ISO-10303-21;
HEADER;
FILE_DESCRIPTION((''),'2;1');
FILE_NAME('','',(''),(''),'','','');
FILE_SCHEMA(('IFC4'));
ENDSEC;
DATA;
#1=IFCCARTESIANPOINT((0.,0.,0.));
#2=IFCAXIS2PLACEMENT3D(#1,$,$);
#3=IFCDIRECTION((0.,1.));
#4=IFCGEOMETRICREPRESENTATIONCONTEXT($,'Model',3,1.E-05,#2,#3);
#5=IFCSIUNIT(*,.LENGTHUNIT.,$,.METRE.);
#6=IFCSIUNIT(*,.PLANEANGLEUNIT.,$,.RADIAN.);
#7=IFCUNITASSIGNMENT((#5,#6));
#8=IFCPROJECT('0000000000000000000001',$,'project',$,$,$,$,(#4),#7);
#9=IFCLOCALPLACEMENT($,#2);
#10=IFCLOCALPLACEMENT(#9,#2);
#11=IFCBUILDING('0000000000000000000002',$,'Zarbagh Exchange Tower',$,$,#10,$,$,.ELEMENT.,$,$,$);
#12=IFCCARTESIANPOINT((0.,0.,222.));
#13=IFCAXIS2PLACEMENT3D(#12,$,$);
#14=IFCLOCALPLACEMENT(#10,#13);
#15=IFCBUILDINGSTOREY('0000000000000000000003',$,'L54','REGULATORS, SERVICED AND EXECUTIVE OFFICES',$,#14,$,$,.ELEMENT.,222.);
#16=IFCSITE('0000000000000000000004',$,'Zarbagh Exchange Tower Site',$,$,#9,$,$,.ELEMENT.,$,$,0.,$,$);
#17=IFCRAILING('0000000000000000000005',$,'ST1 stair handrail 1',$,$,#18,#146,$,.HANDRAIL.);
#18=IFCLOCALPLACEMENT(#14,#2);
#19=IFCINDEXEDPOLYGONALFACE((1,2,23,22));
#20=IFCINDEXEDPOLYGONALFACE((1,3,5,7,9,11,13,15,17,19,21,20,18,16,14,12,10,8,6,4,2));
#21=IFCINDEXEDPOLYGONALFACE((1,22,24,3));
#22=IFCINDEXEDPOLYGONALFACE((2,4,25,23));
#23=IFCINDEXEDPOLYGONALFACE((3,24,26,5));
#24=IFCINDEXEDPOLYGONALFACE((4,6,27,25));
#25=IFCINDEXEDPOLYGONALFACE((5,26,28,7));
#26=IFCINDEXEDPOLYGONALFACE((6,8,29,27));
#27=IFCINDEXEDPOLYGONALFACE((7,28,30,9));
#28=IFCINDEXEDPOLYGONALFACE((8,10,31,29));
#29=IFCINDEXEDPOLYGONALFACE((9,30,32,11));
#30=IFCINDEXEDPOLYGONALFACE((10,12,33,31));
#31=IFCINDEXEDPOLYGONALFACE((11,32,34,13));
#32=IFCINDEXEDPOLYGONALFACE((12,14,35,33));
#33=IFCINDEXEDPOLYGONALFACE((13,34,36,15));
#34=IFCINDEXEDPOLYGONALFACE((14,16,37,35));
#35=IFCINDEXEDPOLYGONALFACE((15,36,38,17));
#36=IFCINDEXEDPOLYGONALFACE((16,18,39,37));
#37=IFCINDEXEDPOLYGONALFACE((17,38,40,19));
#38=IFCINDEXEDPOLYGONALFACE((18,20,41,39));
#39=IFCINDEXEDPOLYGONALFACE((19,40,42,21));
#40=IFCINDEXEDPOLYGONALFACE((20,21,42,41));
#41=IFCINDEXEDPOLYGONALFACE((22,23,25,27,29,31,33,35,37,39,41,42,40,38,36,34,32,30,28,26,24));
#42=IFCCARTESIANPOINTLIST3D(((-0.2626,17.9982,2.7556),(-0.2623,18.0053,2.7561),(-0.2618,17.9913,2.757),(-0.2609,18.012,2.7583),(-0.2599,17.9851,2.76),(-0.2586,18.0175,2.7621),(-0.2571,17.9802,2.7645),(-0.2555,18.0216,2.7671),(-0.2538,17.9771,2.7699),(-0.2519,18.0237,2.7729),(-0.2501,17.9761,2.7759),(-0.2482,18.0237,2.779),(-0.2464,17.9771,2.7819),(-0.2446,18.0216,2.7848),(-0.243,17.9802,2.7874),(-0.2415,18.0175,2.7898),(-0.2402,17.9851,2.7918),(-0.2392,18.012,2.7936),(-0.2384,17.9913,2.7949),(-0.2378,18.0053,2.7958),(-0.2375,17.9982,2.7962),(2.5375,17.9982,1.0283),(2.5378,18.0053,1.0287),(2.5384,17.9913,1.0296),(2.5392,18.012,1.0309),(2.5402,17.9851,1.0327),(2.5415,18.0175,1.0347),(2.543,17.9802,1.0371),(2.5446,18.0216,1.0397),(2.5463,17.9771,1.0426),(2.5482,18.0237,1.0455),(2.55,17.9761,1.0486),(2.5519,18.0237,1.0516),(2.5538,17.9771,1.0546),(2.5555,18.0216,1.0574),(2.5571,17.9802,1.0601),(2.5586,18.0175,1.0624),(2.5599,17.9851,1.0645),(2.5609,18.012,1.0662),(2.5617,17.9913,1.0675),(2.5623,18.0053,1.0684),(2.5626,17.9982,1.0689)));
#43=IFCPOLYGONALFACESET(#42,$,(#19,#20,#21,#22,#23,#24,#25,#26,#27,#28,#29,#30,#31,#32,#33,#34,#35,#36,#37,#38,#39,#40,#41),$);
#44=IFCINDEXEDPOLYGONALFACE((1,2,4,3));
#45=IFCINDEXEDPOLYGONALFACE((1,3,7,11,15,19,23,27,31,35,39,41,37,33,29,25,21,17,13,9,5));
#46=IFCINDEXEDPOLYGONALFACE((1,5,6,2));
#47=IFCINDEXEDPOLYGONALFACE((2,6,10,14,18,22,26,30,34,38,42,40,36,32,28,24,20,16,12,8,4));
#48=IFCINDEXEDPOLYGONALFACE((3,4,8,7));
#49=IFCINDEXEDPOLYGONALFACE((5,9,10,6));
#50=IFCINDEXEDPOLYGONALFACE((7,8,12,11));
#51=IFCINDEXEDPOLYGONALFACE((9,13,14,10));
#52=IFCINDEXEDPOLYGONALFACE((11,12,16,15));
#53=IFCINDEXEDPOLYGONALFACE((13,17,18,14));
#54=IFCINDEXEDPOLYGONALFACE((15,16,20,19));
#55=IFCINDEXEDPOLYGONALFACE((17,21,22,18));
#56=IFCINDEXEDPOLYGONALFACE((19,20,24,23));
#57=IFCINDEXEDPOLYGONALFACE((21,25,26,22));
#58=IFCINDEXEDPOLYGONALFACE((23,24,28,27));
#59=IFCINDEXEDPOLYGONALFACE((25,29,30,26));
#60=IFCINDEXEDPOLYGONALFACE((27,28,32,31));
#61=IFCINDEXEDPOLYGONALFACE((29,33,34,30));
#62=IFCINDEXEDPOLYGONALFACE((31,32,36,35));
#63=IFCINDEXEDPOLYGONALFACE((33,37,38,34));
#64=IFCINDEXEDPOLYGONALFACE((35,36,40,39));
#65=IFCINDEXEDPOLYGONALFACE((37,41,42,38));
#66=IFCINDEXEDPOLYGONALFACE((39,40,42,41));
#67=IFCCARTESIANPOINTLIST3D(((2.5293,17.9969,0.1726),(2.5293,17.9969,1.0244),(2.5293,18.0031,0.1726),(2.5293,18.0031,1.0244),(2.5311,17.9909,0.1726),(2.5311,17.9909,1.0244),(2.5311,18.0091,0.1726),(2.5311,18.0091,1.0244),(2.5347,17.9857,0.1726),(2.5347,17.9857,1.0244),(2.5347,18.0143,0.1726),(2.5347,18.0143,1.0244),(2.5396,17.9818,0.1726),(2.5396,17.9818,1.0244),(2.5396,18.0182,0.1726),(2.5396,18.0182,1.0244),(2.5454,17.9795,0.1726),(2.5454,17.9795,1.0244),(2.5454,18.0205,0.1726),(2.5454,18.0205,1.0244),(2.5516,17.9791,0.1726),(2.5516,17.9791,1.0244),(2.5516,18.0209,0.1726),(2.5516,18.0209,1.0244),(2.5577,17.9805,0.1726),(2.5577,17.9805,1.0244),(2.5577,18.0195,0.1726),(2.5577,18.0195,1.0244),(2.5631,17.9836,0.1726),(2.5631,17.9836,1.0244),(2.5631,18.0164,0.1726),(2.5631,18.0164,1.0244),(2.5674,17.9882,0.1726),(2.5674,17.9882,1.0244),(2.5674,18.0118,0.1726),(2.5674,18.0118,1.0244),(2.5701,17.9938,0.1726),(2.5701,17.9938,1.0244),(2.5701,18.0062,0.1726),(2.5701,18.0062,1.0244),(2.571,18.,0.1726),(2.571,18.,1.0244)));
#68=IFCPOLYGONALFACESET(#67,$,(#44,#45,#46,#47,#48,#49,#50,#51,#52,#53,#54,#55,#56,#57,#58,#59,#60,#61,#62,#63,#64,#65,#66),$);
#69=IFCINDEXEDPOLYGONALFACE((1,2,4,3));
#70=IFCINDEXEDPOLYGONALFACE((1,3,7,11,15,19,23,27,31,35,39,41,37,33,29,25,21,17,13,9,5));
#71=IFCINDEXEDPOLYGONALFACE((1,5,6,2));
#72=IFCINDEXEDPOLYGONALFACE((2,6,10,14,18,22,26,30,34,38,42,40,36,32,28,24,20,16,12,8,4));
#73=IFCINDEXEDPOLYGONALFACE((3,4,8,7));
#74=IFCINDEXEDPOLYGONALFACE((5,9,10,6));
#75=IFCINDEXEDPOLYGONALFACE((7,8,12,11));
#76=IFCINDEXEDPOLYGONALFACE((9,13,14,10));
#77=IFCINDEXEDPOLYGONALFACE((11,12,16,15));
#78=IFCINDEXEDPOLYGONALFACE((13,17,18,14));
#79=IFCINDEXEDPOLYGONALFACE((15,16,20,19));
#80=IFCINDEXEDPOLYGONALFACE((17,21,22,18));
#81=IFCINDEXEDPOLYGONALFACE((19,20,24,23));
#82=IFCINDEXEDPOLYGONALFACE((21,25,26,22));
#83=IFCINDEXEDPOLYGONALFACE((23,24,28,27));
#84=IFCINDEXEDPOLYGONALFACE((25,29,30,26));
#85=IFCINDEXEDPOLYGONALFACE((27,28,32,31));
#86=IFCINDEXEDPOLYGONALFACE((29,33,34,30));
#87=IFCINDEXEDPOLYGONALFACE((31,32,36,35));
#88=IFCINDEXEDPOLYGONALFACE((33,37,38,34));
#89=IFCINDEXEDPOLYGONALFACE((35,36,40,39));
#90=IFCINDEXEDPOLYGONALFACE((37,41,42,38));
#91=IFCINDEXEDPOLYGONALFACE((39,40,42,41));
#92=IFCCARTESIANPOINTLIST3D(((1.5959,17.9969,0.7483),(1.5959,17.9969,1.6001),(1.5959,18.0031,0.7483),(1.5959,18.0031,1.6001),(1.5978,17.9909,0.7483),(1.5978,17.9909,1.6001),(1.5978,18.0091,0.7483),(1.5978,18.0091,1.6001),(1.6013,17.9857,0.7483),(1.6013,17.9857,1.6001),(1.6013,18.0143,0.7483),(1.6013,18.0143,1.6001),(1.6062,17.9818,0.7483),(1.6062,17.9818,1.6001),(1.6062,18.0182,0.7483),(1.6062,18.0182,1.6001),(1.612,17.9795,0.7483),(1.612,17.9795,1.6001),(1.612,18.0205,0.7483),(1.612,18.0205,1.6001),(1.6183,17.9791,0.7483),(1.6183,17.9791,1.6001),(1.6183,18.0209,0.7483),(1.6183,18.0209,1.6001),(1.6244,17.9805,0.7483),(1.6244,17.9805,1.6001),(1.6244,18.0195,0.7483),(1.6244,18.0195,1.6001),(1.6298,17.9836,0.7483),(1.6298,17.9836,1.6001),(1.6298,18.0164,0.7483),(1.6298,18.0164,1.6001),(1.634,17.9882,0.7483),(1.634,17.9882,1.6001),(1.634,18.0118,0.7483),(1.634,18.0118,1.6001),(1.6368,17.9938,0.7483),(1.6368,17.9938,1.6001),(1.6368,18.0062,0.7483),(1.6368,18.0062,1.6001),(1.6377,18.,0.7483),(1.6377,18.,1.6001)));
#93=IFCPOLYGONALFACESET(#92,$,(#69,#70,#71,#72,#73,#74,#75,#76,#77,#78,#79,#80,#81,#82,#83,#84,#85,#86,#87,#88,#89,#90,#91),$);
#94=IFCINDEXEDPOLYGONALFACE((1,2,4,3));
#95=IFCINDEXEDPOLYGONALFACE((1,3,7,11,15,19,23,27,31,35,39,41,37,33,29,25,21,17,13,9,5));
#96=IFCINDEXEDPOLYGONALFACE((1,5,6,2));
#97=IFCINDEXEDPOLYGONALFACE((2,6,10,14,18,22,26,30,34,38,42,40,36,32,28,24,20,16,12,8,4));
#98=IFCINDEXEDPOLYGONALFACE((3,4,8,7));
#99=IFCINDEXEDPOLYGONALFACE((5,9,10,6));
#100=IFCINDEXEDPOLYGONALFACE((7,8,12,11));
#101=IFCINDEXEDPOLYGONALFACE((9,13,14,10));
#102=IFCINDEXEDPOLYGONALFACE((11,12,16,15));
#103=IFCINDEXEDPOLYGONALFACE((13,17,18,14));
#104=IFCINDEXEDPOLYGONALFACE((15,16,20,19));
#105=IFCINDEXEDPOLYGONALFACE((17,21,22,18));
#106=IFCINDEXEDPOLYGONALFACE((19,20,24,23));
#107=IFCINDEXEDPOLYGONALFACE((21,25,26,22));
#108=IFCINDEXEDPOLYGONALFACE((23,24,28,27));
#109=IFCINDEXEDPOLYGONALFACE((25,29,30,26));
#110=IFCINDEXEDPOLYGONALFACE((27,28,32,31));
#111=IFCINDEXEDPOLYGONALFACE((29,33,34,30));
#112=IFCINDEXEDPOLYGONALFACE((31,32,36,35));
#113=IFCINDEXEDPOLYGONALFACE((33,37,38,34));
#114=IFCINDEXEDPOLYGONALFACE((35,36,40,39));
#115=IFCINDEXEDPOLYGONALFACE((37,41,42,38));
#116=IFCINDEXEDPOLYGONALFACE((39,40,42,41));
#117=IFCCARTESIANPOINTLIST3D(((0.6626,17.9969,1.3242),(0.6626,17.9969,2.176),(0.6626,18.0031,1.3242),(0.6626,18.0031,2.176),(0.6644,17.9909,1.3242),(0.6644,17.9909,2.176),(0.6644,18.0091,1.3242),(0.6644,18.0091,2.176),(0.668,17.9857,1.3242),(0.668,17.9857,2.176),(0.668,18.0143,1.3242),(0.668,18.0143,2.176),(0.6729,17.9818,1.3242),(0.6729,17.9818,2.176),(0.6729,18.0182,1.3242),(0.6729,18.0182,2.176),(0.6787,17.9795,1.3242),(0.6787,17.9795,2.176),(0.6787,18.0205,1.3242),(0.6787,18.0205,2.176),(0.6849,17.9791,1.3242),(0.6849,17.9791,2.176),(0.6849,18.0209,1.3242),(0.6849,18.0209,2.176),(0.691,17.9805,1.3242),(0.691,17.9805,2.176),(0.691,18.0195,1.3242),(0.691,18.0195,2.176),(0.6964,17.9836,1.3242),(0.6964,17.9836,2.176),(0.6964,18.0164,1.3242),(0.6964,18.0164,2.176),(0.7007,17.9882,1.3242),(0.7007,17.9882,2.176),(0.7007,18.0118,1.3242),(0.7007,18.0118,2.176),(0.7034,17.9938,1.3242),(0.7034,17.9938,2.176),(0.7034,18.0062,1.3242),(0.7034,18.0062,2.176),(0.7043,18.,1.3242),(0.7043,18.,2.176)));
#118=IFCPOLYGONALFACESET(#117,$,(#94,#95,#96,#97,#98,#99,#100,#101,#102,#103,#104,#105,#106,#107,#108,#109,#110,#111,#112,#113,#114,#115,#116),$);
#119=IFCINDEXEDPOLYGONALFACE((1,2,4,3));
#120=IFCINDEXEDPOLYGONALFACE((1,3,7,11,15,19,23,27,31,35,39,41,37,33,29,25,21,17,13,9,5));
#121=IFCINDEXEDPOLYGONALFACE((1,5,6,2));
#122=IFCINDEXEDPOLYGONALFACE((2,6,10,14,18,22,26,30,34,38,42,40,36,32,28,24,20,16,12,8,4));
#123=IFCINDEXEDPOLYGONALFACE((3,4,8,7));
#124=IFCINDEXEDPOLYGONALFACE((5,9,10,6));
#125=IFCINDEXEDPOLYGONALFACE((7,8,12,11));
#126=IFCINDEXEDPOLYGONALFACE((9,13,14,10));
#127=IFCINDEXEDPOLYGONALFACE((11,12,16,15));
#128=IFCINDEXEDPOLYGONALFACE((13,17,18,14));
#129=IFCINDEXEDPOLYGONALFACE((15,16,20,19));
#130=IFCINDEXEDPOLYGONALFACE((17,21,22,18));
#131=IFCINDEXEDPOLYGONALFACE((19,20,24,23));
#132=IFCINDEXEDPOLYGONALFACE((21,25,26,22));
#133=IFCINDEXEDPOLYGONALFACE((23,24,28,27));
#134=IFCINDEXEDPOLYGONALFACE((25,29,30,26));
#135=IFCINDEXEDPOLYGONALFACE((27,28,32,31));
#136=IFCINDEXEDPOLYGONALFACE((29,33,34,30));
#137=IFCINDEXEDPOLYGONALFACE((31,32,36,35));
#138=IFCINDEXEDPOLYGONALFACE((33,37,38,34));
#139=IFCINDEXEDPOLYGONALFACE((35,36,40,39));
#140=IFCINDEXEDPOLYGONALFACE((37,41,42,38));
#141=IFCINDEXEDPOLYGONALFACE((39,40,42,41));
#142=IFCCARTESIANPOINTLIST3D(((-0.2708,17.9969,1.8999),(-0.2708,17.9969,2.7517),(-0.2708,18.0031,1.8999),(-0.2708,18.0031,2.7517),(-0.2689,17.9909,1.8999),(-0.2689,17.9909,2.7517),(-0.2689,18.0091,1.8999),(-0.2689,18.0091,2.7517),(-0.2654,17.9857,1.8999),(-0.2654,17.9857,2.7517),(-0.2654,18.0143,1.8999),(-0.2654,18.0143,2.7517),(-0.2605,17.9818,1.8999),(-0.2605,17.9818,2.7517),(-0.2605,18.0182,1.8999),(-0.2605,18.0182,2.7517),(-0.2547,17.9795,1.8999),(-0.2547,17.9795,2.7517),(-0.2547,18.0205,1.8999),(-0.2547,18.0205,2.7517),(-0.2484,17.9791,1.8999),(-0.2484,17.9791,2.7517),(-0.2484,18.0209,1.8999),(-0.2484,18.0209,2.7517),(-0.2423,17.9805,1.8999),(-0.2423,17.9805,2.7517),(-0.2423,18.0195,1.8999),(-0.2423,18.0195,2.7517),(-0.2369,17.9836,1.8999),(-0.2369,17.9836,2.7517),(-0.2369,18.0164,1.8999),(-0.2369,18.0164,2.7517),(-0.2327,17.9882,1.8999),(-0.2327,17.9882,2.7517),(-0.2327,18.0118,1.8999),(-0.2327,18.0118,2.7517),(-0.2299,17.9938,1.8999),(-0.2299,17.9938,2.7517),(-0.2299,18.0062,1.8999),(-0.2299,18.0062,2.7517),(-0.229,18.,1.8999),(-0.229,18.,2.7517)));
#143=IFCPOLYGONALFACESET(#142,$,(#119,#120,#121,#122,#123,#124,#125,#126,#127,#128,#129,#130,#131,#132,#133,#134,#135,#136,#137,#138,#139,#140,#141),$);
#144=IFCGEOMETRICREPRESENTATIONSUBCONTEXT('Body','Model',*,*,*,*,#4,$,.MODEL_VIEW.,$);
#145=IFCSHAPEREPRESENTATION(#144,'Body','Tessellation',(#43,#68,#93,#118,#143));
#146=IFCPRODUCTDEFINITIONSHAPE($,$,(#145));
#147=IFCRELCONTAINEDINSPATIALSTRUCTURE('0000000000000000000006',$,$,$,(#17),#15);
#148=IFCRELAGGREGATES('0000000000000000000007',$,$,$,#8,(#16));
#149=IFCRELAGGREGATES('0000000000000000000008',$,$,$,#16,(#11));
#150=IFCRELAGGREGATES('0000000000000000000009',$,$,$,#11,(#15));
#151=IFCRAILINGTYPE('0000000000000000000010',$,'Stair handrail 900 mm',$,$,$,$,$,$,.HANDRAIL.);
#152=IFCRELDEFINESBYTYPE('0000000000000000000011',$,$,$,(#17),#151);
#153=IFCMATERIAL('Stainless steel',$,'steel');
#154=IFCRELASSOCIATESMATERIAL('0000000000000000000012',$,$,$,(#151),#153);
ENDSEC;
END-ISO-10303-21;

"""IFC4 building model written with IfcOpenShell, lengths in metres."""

from ifc_helpers import new_model, si_unit, direction, frame, origin, origin_2d, place, context, subcontext, project, spatial, circle, extrude, material, type_object, element, save


model = new_model("IFC4")

# Units and contexts
model_context = context("Model", 3, precision=1e-05, world=origin(), true_north=direction((0.0, 1.0)))
body_context = subcontext(model_context, "Body", "Model", "MODEL_VIEW")
ifc_project = project(units=[si_unit("LENGTHUNIT", "METRE"), si_unit("PLANEANGLEUNIT", "RADIAN")], contexts=[model_context])

# Site, building, storey
site_placement = place(None, origin())
site = spatial("IfcSite", under=ifc_project, at=site_placement, Name="Zarbagh Exchange Tower Site", CompositionType="ELEMENT", RefElevation=0.0)
building_placement = place(site_placement, origin())
building = spatial("IfcBuilding", under=site, at=building_placement, Name="Zarbagh Exchange Tower", CompositionType="ELEMENT")
storey_placement = place(building_placement, frame((0.0, 0.0, 222.0)))
storey = spatial("IfcBuildingStorey", under=building, at=storey_placement, Name="L54", Description="REGULATORS, SERVICED AND EXECUTIVE OFFICES", CompositionType="ELEMENT", Elevation=222.0)

# Shared definitions
ifc_material_1 = material(Name="Stainless steel", Category="steel")

# Railing
railing_type_1 = type_object("IfcRailingType", Name="Stair handrail 900 mm", PredefinedType="HANDRAIL", material=ifc_material_1)
railing_1_placement = place(storey_placement, frame((2.55, 18.0, 0.1726)))
element("IfcRailing", 1, at=railing_1_placement, inside=storey, type_object=railing_type_1, Name="ST1 stair handrail 1", PredefinedType="HANDRAIL", context=body_context, shape_type="SweptSolid", body=[
    extrude(circle(Radius=0.0239, at=origin_2d()), frame((0.0, 0.0, 0.876), z_axis=(-0.85109, 0.0, 0.52502), x_axis=(0.0, -1.0, 0.0)), (0.0, 0.0, 1.0), 3.29),
    extrude(circle(Radius=0.021, at=origin_2d()), origin(), (0.0, 0.0, 1.0), 0.8518),
    extrude(circle(Radius=0.021, at=origin_2d()), frame((-0.9333, 0.0, 0.5757)), (0.0, 0.0, 1.0), 0.8518),
    extrude(circle(Radius=0.021, at=origin_2d()), frame((-1.8667, 0.0, 1.1516)), (0.0, 0.0, 1.0), 0.8518),
    extrude(circle(Radius=0.021, at=origin_2d()), frame((-2.8, 0.0, 1.7273)), (0.0, 0.0, 1.0), 0.8518),
])

save(model, "model.ifc")
